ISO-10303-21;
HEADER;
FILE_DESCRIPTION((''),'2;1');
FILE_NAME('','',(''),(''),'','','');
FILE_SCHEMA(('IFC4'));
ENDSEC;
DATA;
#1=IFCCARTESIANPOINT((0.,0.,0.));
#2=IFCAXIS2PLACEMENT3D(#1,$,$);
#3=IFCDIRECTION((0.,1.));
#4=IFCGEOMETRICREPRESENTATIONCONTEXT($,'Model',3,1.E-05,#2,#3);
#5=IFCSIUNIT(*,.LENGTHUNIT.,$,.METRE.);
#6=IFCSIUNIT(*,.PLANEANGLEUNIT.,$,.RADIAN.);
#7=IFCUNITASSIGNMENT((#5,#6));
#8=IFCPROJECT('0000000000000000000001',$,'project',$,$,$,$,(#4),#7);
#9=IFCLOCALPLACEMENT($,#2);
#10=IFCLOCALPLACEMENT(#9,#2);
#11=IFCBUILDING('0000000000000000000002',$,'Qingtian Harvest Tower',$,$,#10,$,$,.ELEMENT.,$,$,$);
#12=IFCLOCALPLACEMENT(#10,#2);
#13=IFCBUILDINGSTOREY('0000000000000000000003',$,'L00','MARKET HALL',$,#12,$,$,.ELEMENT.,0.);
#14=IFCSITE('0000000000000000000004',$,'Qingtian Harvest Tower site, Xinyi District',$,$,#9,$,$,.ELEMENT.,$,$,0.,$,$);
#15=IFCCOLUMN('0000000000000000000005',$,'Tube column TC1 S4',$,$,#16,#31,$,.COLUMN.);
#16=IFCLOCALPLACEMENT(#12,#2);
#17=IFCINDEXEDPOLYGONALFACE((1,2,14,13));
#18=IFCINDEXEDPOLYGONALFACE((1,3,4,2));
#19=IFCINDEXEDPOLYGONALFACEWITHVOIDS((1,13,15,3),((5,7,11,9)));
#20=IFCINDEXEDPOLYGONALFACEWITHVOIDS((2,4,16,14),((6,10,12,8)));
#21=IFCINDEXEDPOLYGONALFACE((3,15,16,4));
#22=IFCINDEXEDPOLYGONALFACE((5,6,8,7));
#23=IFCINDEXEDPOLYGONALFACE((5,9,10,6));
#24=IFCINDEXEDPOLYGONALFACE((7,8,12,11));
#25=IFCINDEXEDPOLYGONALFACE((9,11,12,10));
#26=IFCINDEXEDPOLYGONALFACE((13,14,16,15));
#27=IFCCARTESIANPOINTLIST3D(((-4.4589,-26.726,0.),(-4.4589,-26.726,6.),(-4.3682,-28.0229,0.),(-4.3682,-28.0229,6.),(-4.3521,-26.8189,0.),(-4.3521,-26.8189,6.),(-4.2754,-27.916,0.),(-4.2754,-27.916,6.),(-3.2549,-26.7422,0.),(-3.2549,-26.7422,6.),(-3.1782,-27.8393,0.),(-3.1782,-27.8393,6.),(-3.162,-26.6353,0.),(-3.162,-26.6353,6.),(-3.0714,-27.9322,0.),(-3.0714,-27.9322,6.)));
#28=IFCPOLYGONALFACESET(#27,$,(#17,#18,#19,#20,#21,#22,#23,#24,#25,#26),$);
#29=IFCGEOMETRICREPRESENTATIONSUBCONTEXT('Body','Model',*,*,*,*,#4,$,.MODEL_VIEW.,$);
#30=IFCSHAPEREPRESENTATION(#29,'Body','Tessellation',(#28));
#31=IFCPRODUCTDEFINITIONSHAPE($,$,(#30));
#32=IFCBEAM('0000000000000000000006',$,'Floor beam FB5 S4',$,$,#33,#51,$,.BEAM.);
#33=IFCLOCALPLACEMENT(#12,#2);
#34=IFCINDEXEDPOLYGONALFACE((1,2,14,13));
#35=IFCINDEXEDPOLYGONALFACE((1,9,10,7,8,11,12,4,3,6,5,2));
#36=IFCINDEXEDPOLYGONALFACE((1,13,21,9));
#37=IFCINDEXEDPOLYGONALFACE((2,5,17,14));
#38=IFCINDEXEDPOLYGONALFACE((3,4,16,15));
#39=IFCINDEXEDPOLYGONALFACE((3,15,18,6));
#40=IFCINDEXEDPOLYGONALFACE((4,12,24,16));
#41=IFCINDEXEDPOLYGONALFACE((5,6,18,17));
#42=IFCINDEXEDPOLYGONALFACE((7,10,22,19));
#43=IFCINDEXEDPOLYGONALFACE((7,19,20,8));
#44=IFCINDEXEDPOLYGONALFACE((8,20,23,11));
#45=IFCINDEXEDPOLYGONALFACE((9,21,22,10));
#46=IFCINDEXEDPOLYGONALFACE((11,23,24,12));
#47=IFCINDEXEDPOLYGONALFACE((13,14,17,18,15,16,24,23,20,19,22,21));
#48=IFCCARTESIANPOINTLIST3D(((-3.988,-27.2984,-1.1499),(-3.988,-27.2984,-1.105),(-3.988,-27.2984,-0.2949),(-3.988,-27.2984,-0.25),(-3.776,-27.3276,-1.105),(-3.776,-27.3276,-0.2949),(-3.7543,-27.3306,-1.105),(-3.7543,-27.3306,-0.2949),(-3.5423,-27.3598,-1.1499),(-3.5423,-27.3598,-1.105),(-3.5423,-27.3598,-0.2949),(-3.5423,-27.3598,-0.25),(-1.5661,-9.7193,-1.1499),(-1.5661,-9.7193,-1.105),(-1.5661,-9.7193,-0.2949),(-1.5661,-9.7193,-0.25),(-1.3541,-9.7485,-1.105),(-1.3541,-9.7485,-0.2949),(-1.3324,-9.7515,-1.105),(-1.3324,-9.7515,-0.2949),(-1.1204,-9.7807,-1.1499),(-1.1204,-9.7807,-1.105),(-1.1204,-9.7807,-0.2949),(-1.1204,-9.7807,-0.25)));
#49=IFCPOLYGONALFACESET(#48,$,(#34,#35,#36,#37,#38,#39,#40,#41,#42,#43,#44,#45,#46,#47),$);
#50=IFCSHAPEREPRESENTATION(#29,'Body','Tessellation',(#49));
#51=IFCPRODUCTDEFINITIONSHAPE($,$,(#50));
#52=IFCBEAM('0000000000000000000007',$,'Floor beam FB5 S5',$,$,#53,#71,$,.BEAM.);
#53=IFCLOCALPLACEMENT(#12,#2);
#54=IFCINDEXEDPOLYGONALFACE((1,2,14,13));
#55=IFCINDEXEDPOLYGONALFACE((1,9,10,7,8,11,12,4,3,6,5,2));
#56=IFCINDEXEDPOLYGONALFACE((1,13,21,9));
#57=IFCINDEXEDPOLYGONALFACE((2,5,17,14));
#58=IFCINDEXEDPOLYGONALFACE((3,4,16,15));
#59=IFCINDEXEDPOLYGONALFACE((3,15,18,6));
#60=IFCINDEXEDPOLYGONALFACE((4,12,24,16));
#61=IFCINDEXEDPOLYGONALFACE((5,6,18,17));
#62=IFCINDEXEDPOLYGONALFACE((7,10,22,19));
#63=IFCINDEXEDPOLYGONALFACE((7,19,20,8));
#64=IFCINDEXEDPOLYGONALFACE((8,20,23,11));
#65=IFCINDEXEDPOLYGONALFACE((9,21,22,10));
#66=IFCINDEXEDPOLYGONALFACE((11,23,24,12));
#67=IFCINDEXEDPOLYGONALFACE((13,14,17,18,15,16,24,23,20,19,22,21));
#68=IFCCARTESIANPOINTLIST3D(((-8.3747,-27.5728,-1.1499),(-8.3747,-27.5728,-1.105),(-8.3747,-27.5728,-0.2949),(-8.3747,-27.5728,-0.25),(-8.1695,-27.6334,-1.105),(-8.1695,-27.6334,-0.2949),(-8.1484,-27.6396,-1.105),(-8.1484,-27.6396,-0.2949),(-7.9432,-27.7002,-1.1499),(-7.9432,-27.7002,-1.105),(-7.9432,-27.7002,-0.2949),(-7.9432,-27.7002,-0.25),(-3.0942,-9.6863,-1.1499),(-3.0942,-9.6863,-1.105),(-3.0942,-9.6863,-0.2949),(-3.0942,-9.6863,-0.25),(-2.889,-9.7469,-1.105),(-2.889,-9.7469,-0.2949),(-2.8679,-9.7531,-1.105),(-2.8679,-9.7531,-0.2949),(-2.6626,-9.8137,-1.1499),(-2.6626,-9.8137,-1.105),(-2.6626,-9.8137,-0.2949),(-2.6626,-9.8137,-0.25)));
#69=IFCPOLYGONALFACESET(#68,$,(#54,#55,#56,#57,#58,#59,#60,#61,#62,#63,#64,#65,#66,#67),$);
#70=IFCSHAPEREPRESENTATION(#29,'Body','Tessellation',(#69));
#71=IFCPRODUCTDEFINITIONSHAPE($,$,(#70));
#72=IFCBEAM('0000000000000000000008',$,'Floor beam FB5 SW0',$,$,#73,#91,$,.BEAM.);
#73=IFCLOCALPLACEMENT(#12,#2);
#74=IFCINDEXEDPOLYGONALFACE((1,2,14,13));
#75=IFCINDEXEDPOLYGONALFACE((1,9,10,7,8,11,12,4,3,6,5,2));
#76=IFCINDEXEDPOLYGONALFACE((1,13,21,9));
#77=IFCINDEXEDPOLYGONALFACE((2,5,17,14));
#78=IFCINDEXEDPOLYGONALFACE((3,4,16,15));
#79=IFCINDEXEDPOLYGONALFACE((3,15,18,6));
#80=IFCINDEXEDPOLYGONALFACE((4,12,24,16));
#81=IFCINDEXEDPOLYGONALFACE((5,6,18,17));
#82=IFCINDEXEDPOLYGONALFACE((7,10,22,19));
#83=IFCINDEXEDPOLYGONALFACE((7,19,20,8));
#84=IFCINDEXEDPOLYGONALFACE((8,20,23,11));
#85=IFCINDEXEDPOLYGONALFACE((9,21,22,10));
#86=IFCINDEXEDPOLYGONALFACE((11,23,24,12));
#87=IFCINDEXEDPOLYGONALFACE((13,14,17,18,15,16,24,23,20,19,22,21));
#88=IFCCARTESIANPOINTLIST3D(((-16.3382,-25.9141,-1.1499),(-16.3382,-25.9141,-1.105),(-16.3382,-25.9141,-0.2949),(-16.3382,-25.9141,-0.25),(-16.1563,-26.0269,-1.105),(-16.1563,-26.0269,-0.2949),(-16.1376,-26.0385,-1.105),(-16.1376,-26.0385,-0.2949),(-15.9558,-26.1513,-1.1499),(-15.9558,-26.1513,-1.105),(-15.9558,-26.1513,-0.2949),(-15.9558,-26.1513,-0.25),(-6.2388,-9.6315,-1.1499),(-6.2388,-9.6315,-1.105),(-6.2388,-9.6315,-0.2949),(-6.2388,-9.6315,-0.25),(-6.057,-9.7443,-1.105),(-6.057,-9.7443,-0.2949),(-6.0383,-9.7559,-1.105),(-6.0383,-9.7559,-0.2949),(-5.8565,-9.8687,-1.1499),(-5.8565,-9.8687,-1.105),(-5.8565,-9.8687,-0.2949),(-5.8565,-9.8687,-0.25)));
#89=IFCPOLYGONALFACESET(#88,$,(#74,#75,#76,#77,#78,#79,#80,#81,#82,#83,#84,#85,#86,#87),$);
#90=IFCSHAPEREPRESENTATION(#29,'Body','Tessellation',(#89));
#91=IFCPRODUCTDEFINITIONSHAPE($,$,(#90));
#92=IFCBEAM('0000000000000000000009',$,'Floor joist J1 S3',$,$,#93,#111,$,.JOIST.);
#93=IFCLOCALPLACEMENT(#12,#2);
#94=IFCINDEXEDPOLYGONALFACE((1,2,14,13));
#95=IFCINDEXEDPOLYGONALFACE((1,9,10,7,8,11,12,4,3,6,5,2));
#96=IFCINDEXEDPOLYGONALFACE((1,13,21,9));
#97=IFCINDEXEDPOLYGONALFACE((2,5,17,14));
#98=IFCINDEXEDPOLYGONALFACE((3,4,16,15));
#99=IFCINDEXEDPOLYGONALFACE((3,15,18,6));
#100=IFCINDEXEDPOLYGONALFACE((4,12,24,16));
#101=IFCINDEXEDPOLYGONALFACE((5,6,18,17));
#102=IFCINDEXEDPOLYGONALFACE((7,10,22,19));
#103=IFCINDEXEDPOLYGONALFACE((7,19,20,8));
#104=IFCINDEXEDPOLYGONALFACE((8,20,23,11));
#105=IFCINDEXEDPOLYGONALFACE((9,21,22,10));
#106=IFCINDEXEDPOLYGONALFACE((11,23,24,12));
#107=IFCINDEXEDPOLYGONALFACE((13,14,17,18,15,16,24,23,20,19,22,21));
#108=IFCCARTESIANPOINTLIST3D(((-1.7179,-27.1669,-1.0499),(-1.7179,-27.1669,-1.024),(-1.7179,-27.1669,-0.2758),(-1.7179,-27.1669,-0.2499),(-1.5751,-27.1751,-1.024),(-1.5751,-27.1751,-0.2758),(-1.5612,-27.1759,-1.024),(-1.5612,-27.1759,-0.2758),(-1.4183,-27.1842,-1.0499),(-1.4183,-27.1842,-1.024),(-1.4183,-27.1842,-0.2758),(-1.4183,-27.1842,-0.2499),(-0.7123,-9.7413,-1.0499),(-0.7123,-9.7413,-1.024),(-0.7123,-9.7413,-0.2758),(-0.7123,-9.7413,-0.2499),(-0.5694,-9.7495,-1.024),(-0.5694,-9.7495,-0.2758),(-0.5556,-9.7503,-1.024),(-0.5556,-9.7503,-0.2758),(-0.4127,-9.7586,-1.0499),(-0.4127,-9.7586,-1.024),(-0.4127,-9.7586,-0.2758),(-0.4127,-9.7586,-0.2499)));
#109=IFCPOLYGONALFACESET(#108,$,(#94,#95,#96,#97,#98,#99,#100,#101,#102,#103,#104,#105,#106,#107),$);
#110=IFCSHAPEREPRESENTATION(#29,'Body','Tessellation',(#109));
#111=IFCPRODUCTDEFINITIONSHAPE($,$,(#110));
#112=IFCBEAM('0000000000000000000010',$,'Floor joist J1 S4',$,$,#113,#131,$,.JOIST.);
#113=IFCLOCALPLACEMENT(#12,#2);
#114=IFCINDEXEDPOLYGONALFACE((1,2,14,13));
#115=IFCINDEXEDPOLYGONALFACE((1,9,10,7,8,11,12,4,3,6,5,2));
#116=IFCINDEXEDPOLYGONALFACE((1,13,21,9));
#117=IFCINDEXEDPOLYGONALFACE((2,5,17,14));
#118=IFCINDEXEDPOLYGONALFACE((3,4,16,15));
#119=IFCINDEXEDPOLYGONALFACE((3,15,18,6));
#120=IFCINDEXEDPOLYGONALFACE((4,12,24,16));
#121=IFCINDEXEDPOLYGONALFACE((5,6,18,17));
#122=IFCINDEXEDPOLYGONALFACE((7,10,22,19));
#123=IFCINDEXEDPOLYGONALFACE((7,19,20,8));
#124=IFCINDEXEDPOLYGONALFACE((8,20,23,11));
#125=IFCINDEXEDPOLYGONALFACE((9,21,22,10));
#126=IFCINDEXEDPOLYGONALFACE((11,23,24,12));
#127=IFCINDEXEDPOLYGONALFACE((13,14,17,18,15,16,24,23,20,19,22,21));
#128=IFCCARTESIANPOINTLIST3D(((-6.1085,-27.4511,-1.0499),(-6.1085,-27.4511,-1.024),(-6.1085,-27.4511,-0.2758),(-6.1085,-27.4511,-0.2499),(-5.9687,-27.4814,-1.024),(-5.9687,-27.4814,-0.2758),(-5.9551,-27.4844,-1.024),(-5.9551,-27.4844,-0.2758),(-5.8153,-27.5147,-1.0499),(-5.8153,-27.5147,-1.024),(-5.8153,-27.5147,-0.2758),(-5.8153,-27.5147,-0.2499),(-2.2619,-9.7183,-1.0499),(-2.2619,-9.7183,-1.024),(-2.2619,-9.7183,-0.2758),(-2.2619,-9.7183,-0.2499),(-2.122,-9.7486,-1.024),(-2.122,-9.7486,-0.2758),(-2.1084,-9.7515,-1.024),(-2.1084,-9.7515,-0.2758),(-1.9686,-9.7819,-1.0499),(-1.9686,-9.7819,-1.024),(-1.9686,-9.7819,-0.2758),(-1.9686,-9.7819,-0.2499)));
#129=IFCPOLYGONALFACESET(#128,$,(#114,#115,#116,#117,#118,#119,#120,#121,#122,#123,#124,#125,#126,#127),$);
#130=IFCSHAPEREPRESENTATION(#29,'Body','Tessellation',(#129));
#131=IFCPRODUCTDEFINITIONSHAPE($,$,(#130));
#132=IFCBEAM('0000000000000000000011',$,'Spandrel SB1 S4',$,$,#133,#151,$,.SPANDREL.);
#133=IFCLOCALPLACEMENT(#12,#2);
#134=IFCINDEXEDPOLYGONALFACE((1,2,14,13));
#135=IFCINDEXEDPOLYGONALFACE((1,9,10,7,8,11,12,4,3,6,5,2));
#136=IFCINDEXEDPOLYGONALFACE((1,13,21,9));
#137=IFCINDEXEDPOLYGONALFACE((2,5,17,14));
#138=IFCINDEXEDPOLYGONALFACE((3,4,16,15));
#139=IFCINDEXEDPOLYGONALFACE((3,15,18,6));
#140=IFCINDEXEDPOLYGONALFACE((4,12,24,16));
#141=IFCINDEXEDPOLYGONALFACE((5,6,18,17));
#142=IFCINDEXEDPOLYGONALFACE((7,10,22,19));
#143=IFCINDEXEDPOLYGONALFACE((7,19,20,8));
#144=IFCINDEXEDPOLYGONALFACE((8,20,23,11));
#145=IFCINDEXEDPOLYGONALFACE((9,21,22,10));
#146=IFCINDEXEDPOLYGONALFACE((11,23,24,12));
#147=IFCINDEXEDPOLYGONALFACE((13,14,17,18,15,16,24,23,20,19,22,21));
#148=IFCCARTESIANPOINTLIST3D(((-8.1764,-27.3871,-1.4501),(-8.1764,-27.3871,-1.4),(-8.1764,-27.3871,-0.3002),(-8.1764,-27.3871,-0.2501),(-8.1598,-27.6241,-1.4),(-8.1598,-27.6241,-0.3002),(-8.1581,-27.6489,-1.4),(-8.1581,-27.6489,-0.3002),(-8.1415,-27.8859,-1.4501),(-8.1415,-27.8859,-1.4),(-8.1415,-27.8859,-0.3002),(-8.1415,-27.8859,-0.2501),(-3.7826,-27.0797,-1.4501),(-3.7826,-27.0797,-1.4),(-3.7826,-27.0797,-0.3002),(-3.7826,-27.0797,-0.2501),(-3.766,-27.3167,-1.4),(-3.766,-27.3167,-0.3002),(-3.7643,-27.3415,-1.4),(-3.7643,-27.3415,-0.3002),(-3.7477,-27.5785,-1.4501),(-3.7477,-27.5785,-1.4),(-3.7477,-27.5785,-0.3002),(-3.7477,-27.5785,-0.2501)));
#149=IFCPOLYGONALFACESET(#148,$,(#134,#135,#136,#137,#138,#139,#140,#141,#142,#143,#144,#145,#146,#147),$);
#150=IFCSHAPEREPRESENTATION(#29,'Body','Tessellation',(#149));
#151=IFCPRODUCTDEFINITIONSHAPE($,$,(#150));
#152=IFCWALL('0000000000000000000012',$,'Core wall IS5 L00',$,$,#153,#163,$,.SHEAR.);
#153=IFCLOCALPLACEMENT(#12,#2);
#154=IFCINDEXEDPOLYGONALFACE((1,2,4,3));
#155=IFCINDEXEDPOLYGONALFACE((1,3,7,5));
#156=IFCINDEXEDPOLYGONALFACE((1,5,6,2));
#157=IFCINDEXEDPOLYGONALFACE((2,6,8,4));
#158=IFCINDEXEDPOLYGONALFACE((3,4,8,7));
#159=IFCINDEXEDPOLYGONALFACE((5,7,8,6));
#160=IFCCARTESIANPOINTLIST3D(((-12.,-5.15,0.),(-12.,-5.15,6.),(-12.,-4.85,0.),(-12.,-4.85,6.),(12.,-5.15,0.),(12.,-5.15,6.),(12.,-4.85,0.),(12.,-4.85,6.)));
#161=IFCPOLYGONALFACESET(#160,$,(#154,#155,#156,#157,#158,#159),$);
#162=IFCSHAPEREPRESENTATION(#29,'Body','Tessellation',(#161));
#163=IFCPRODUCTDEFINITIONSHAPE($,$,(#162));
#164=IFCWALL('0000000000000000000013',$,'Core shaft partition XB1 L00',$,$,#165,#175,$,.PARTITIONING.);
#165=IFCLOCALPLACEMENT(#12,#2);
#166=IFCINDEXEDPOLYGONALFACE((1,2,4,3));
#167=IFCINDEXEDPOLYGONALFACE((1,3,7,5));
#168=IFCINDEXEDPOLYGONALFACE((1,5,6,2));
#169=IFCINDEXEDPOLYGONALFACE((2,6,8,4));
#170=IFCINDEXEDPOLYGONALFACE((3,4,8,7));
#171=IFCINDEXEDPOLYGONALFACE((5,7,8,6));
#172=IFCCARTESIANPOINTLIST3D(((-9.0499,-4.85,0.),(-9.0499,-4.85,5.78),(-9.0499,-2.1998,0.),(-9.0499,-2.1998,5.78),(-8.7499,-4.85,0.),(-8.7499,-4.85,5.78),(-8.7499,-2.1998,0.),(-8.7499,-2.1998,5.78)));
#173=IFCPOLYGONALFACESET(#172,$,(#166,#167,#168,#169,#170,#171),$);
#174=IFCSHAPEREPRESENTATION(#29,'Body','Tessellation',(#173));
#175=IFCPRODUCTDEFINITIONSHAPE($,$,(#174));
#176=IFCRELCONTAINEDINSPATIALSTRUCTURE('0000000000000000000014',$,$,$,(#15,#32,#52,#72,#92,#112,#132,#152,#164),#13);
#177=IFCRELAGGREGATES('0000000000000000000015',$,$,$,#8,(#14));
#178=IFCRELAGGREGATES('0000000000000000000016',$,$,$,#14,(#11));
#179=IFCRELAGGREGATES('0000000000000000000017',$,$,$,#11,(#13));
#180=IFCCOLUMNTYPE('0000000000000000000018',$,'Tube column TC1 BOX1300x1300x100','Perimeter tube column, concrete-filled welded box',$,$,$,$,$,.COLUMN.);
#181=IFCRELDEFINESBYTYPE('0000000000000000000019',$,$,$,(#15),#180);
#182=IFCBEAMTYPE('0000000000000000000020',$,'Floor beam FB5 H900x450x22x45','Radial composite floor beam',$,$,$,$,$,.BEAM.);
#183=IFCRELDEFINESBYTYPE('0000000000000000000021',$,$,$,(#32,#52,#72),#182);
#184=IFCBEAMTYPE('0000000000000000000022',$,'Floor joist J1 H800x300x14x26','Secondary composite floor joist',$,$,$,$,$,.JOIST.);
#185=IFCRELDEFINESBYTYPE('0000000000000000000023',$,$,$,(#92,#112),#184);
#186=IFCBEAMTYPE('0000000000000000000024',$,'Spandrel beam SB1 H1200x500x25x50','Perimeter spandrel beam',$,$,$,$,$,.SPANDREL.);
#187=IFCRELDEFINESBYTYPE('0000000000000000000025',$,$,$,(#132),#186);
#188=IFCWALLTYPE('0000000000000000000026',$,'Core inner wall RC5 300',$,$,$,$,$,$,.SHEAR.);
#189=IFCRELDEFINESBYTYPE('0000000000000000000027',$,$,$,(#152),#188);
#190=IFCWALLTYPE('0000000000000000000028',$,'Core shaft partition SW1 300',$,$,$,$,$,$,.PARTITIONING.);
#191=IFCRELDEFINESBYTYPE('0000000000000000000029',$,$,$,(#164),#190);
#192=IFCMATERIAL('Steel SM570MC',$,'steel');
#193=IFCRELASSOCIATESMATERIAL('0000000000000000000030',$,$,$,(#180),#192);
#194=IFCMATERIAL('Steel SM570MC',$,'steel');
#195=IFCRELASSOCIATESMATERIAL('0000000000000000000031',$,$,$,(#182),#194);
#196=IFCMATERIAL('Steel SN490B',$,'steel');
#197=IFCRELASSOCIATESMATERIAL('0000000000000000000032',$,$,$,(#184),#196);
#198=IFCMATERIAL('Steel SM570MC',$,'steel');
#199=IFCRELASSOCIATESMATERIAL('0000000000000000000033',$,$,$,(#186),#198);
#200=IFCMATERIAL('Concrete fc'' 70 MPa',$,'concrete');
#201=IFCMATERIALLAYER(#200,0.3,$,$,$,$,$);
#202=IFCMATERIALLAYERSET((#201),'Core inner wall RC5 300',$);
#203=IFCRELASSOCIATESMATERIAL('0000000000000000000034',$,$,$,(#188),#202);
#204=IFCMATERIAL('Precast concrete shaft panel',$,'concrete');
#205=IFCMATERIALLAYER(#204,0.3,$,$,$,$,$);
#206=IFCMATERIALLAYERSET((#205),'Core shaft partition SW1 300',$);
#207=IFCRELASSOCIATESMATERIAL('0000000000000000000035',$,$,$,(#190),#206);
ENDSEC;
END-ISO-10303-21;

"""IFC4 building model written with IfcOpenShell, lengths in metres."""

from ifc_helpers import new_model, si_unit, direction, frame, frame_2d, origin, origin_2d, place, context, subcontext, project, spatial, rectangle, hollow_rectangle, i_section, extrude, material, layer, layer_set, material_profile, profile_set, type_object, element, save


model = new_model("IFC4")

# Units and contexts
model_context = context("Model", 3, precision=1e-05, world=origin(), true_north=direction((0.0, 1.0)))
body_context = subcontext(model_context, "Body", "Model", "MODEL_VIEW")
ifc_project = project(units=[si_unit("LENGTHUNIT", "METRE"), si_unit("PLANEANGLEUNIT", "RADIAN")], contexts=[model_context])

# Site, building, storey
site_placement = place(None, origin())
site = spatial("IfcSite", under=ifc_project, at=site_placement, Name="Qingtian Harvest Tower site, Xinyi District", CompositionType="ELEMENT", RefElevation=0.0)
building_placement = place(site_placement, origin())
building = spatial("IfcBuilding", under=site, at=building_placement, Name="Qingtian Harvest Tower", CompositionType="ELEMENT")
storey_placement = place(building_placement, origin())
storey = spatial("IfcBuildingStorey", under=building, at=storey_placement, Name="L00", Description="MARKET HALL", CompositionType="ELEMENT", Elevation=0.0)

# Column
ifc_material_1 = material(Name="Steel SM570MC", Category="steel")
ifc_material_profile_1 = material_profile(ifc_material_1, hollow_rectangle(XDim=1.3, YDim=1.3, WallThickness=0.1001, at=origin_2d()), Name="BOX1300x1300x100")
ifc_profile_set_1 = profile_set([ifc_material_profile_1], Name="Steel SM570MC")
column_type = type_object("IfcColumnType", Name="Tube column TC1 BOX1300x1300x100", Description="Perimeter tube column, concrete-filled welded box", PredefinedType="COLUMN", material=ifc_profile_set_1)
column_placement = place(storey_placement, frame((-3.7651, -27.3291, 0.0), z_axis=(0.0, 0.0, 1.0), x_axis=(0.997564, 0.069756, 0.0)))
element("IfcColumn", 1, at=column_placement, inside=storey, type_object=column_type, Name="Tube column TC1 S4", PredefinedType="COLUMN", context=body_context, shape_type="SweptSolid", body=[
    extrude(hollow_rectangle(XDim=1.3, YDim=1.3, WallThickness=0.1001, at=origin_2d()), origin(), (0.0, 0.0, 1.0), 6.0),
])

# Beams
ifc_material_2 = material(Name="Steel SM570MC", Category="steel")
ifc_material_profile_2 = material_profile(ifc_material_2, i_section(OverallWidth=0.45, OverallDepth=0.8999, WebThickness=0.022, FlangeThickness=0.0449, at=origin_2d()), Name="H900x450x22x45")
ifc_profile_set_2 = profile_set([ifc_material_profile_2], Name="Steel SM570MC")
beam_type_1 = type_object("IfcBeamType", Name="Floor beam FB5 H900x450x22x45", Description="Radial composite floor beam", PredefinedType="BEAM", material=ifc_profile_set_2)
beam_1_placement = place(storey_placement, frame((-3.7651, -27.3291, -0.7), z_axis=(0.136481, 0.990643, 0.0), x_axis=(-0.990643, 0.136481, 0.0)))
element("IfcBeam", 2, at=beam_1_placement, inside=storey, type_object=beam_type_1, Name="Floor beam FB5 S4", PredefinedType="BEAM", context=body_context, shape_type="SweptSolid", body=[
    extrude(i_section(OverallWidth=0.45, OverallDepth=0.8999, WebThickness=0.022, FlangeThickness=0.0449, at=origin_2d()), origin(), (0.0, 0.0, 1.0), 17.7451),
])
beam_2_placement = place(storey_placement, frame((-8.1589, -27.6365, -0.7), z_axis=(0.283143, 0.959078, 0.0), x_axis=(-0.959078, 0.283143, 0.0)))
element("IfcBeam", 3, at=beam_2_placement, inside=storey, type_object=beam_type_1, Name="Floor beam FB5 S5", PredefinedType="BEAM", context=body_context, shape_type="SweptSolid", body=[
    extrude(i_section(OverallWidth=0.45, OverallDepth=0.8999, WebThickness=0.022, FlangeThickness=0.0449, at=origin_2d()), origin(), (0.0, 0.0, 1.0), 18.6497),
])
beam_3_placement = place(storey_placement, frame((-16.147, -26.0327, -0.7), z_axis=(0.527094, 0.849807, 0.0), x_axis=(-0.849807, 0.527094, 0.0)))
element("IfcBeam", 4, at=beam_3_placement, inside=storey, type_object=beam_type_1, Name="Floor beam FB5 SW0", PredefinedType="BEAM", context=body_context, shape_type="SweptSolid", body=[
    extrude(i_section(OverallWidth=0.45, OverallDepth=0.8999, WebThickness=0.022, FlangeThickness=0.0449, at=origin_2d()), origin(), (0.0, 0.0, 1.0), 19.1604),
])
ifc_material_3 = material(Name="Steel SN490B", Category="steel")
ifc_material_profile_3 = material_profile(ifc_material_3, i_section(OverallWidth=0.3, OverallDepth=0.8, WebThickness=0.0139, FlangeThickness=0.0259, at=origin_2d()), Name="H800x300x14x26")
ifc_profile_set_3 = profile_set([ifc_material_profile_3], Name="Steel SN490B")
beam_type_2 = type_object("IfcBeamType", Name="Floor joist J1 H800x300x14x26", Description="Secondary composite floor joist", PredefinedType="JOIST", material=ifc_profile_set_3)
beam_4_placement = place(storey_placement, frame((-1.5681, -27.1755, -0.6499), z_axis=(0.057613, 0.998339, 0.0), x_axis=(-0.998339, 0.057613, 0.0)))
element("IfcBeam", 5, at=beam_4_placement, inside=storey, type_object=beam_type_2, Name="Floor joist J1 S3", PredefinedType="JOIST", context=body_context, shape_type="SweptSolid", body=[
    extrude(i_section(OverallWidth=0.3, OverallDepth=0.8, WebThickness=0.0139, FlangeThickness=0.0259, at=origin_2d()), origin(), (0.0, 0.0, 1.0), 17.4546),
])
beam_5_placement = place(storey_placement, frame((-5.9619, -27.4829, -0.6499), z_axis=(0.211993, 0.977271, 0.0), x_axis=(-0.977271, 0.211993, 0.0)))
element("IfcBeam", 6, at=beam_5_placement, inside=storey, type_object=beam_type_2, Name="Floor joist J1 S4", PredefinedType="JOIST", context=body_context, shape_type="SweptSolid", body=[
    extrude(i_section(OverallWidth=0.3, OverallDepth=0.8, WebThickness=0.0139, FlangeThickness=0.0259, at=origin_2d()), origin(), (0.0, 0.0, 1.0), 18.1453),
])
ifc_material_4 = material(Name="Steel SM570MC", Category="steel")
ifc_material_profile_4 = material_profile(ifc_material_4, i_section(OverallWidth=0.5, OverallDepth=1.2, WebThickness=0.0249, FlangeThickness=0.05, at=origin_2d()), Name="H1200x500x25x50")
ifc_profile_set_4 = profile_set([ifc_material_profile_4], Name="Steel SM570MC")
beam_type_3 = type_object("IfcBeamType", Name="Spandrel beam SB1 H1200x500x25x50", Description="Perimeter spandrel beam", PredefinedType="SPANDREL", material=ifc_profile_set_4)
beam_6_placement = place(storey_placement, frame((-3.7651, -27.3291, -0.8501), z_axis=(-0.997562, -0.069786, 0.0), x_axis=(0.069786, -0.997562, 0.0)))
element("IfcBeam", 7, at=beam_6_placement, inside=storey, type_object=beam_type_3, Name="Spandrel SB1 S4", PredefinedType="SPANDREL", context=body_context, shape_type="SweptSolid", body=[
    extrude(i_section(OverallWidth=0.5, OverallDepth=1.2, WebThickness=0.0249, FlangeThickness=0.05, at=origin_2d()), origin(), (0.0, 0.0, 1.0), 4.4045),
])

# Walls
ifc_material_5 = material(Name="Concrete fc' 70 MPa", Category="concrete")
ifc_layer_1 = layer(ifc_material_5, 0.3)
ifc_layer_set_1 = layer_set([ifc_layer_1], Name="Core inner wall RC5 300")
wall_type_1 = type_object("IfcWallType", Name="Core inner wall RC5 300", PredefinedType="SHEAR", material=ifc_layer_set_1)
wall_1_placement = place(storey_placement, frame((-12.0, -5.0, 0.0), z_axis=(0.0, 0.0, 1.0), x_axis=(1.0, 0.0, 0.0)))
element("IfcWall", 8, at=wall_1_placement, inside=storey, type_object=wall_type_1, Name="Core wall IS5 L00", PredefinedType="SHEAR", context=body_context, shape_type="SweptSolid", body=[
    extrude(rectangle(XDim=24.0, YDim=0.3, at=frame_2d((12.0, 0.0))), origin(), (0.0, 0.0, 1.0), 6.0),
])
ifc_material_6 = material(Name="Precast concrete shaft panel", Category="concrete")
ifc_layer_2 = layer(ifc_material_6, 0.3)
ifc_layer_set_2 = layer_set([ifc_layer_2], Name="Core shaft partition SW1 300")
wall_type_2 = type_object("IfcWallType", Name="Core shaft partition SW1 300", PredefinedType="PARTITIONING", material=ifc_layer_set_2)
for number, where, z_axis, x_axis, name in (
    (9, (-8.8999, -4.8501, 0.0), (0.0, 0.0, 1.0), (0.0, 1.0, 0.0), "Core shaft partition XB1 L00"),
):
    element("IfcWall", number, at=place(storey_placement, frame(where, z_axis=z_axis, x_axis=x_axis)), inside=storey, type_object=wall_type_2, Name=name, PredefinedType="PARTITIONING", context=body_context, shape_type="SweptSolid", body=[
        extrude(rectangle(XDim=2.6501, YDim=0.3, at=frame_2d((1.3252, 0.0))), origin(), (0.0, 0.0, 1.0), 5.78),
    ])

save(model, "model.ifc")
